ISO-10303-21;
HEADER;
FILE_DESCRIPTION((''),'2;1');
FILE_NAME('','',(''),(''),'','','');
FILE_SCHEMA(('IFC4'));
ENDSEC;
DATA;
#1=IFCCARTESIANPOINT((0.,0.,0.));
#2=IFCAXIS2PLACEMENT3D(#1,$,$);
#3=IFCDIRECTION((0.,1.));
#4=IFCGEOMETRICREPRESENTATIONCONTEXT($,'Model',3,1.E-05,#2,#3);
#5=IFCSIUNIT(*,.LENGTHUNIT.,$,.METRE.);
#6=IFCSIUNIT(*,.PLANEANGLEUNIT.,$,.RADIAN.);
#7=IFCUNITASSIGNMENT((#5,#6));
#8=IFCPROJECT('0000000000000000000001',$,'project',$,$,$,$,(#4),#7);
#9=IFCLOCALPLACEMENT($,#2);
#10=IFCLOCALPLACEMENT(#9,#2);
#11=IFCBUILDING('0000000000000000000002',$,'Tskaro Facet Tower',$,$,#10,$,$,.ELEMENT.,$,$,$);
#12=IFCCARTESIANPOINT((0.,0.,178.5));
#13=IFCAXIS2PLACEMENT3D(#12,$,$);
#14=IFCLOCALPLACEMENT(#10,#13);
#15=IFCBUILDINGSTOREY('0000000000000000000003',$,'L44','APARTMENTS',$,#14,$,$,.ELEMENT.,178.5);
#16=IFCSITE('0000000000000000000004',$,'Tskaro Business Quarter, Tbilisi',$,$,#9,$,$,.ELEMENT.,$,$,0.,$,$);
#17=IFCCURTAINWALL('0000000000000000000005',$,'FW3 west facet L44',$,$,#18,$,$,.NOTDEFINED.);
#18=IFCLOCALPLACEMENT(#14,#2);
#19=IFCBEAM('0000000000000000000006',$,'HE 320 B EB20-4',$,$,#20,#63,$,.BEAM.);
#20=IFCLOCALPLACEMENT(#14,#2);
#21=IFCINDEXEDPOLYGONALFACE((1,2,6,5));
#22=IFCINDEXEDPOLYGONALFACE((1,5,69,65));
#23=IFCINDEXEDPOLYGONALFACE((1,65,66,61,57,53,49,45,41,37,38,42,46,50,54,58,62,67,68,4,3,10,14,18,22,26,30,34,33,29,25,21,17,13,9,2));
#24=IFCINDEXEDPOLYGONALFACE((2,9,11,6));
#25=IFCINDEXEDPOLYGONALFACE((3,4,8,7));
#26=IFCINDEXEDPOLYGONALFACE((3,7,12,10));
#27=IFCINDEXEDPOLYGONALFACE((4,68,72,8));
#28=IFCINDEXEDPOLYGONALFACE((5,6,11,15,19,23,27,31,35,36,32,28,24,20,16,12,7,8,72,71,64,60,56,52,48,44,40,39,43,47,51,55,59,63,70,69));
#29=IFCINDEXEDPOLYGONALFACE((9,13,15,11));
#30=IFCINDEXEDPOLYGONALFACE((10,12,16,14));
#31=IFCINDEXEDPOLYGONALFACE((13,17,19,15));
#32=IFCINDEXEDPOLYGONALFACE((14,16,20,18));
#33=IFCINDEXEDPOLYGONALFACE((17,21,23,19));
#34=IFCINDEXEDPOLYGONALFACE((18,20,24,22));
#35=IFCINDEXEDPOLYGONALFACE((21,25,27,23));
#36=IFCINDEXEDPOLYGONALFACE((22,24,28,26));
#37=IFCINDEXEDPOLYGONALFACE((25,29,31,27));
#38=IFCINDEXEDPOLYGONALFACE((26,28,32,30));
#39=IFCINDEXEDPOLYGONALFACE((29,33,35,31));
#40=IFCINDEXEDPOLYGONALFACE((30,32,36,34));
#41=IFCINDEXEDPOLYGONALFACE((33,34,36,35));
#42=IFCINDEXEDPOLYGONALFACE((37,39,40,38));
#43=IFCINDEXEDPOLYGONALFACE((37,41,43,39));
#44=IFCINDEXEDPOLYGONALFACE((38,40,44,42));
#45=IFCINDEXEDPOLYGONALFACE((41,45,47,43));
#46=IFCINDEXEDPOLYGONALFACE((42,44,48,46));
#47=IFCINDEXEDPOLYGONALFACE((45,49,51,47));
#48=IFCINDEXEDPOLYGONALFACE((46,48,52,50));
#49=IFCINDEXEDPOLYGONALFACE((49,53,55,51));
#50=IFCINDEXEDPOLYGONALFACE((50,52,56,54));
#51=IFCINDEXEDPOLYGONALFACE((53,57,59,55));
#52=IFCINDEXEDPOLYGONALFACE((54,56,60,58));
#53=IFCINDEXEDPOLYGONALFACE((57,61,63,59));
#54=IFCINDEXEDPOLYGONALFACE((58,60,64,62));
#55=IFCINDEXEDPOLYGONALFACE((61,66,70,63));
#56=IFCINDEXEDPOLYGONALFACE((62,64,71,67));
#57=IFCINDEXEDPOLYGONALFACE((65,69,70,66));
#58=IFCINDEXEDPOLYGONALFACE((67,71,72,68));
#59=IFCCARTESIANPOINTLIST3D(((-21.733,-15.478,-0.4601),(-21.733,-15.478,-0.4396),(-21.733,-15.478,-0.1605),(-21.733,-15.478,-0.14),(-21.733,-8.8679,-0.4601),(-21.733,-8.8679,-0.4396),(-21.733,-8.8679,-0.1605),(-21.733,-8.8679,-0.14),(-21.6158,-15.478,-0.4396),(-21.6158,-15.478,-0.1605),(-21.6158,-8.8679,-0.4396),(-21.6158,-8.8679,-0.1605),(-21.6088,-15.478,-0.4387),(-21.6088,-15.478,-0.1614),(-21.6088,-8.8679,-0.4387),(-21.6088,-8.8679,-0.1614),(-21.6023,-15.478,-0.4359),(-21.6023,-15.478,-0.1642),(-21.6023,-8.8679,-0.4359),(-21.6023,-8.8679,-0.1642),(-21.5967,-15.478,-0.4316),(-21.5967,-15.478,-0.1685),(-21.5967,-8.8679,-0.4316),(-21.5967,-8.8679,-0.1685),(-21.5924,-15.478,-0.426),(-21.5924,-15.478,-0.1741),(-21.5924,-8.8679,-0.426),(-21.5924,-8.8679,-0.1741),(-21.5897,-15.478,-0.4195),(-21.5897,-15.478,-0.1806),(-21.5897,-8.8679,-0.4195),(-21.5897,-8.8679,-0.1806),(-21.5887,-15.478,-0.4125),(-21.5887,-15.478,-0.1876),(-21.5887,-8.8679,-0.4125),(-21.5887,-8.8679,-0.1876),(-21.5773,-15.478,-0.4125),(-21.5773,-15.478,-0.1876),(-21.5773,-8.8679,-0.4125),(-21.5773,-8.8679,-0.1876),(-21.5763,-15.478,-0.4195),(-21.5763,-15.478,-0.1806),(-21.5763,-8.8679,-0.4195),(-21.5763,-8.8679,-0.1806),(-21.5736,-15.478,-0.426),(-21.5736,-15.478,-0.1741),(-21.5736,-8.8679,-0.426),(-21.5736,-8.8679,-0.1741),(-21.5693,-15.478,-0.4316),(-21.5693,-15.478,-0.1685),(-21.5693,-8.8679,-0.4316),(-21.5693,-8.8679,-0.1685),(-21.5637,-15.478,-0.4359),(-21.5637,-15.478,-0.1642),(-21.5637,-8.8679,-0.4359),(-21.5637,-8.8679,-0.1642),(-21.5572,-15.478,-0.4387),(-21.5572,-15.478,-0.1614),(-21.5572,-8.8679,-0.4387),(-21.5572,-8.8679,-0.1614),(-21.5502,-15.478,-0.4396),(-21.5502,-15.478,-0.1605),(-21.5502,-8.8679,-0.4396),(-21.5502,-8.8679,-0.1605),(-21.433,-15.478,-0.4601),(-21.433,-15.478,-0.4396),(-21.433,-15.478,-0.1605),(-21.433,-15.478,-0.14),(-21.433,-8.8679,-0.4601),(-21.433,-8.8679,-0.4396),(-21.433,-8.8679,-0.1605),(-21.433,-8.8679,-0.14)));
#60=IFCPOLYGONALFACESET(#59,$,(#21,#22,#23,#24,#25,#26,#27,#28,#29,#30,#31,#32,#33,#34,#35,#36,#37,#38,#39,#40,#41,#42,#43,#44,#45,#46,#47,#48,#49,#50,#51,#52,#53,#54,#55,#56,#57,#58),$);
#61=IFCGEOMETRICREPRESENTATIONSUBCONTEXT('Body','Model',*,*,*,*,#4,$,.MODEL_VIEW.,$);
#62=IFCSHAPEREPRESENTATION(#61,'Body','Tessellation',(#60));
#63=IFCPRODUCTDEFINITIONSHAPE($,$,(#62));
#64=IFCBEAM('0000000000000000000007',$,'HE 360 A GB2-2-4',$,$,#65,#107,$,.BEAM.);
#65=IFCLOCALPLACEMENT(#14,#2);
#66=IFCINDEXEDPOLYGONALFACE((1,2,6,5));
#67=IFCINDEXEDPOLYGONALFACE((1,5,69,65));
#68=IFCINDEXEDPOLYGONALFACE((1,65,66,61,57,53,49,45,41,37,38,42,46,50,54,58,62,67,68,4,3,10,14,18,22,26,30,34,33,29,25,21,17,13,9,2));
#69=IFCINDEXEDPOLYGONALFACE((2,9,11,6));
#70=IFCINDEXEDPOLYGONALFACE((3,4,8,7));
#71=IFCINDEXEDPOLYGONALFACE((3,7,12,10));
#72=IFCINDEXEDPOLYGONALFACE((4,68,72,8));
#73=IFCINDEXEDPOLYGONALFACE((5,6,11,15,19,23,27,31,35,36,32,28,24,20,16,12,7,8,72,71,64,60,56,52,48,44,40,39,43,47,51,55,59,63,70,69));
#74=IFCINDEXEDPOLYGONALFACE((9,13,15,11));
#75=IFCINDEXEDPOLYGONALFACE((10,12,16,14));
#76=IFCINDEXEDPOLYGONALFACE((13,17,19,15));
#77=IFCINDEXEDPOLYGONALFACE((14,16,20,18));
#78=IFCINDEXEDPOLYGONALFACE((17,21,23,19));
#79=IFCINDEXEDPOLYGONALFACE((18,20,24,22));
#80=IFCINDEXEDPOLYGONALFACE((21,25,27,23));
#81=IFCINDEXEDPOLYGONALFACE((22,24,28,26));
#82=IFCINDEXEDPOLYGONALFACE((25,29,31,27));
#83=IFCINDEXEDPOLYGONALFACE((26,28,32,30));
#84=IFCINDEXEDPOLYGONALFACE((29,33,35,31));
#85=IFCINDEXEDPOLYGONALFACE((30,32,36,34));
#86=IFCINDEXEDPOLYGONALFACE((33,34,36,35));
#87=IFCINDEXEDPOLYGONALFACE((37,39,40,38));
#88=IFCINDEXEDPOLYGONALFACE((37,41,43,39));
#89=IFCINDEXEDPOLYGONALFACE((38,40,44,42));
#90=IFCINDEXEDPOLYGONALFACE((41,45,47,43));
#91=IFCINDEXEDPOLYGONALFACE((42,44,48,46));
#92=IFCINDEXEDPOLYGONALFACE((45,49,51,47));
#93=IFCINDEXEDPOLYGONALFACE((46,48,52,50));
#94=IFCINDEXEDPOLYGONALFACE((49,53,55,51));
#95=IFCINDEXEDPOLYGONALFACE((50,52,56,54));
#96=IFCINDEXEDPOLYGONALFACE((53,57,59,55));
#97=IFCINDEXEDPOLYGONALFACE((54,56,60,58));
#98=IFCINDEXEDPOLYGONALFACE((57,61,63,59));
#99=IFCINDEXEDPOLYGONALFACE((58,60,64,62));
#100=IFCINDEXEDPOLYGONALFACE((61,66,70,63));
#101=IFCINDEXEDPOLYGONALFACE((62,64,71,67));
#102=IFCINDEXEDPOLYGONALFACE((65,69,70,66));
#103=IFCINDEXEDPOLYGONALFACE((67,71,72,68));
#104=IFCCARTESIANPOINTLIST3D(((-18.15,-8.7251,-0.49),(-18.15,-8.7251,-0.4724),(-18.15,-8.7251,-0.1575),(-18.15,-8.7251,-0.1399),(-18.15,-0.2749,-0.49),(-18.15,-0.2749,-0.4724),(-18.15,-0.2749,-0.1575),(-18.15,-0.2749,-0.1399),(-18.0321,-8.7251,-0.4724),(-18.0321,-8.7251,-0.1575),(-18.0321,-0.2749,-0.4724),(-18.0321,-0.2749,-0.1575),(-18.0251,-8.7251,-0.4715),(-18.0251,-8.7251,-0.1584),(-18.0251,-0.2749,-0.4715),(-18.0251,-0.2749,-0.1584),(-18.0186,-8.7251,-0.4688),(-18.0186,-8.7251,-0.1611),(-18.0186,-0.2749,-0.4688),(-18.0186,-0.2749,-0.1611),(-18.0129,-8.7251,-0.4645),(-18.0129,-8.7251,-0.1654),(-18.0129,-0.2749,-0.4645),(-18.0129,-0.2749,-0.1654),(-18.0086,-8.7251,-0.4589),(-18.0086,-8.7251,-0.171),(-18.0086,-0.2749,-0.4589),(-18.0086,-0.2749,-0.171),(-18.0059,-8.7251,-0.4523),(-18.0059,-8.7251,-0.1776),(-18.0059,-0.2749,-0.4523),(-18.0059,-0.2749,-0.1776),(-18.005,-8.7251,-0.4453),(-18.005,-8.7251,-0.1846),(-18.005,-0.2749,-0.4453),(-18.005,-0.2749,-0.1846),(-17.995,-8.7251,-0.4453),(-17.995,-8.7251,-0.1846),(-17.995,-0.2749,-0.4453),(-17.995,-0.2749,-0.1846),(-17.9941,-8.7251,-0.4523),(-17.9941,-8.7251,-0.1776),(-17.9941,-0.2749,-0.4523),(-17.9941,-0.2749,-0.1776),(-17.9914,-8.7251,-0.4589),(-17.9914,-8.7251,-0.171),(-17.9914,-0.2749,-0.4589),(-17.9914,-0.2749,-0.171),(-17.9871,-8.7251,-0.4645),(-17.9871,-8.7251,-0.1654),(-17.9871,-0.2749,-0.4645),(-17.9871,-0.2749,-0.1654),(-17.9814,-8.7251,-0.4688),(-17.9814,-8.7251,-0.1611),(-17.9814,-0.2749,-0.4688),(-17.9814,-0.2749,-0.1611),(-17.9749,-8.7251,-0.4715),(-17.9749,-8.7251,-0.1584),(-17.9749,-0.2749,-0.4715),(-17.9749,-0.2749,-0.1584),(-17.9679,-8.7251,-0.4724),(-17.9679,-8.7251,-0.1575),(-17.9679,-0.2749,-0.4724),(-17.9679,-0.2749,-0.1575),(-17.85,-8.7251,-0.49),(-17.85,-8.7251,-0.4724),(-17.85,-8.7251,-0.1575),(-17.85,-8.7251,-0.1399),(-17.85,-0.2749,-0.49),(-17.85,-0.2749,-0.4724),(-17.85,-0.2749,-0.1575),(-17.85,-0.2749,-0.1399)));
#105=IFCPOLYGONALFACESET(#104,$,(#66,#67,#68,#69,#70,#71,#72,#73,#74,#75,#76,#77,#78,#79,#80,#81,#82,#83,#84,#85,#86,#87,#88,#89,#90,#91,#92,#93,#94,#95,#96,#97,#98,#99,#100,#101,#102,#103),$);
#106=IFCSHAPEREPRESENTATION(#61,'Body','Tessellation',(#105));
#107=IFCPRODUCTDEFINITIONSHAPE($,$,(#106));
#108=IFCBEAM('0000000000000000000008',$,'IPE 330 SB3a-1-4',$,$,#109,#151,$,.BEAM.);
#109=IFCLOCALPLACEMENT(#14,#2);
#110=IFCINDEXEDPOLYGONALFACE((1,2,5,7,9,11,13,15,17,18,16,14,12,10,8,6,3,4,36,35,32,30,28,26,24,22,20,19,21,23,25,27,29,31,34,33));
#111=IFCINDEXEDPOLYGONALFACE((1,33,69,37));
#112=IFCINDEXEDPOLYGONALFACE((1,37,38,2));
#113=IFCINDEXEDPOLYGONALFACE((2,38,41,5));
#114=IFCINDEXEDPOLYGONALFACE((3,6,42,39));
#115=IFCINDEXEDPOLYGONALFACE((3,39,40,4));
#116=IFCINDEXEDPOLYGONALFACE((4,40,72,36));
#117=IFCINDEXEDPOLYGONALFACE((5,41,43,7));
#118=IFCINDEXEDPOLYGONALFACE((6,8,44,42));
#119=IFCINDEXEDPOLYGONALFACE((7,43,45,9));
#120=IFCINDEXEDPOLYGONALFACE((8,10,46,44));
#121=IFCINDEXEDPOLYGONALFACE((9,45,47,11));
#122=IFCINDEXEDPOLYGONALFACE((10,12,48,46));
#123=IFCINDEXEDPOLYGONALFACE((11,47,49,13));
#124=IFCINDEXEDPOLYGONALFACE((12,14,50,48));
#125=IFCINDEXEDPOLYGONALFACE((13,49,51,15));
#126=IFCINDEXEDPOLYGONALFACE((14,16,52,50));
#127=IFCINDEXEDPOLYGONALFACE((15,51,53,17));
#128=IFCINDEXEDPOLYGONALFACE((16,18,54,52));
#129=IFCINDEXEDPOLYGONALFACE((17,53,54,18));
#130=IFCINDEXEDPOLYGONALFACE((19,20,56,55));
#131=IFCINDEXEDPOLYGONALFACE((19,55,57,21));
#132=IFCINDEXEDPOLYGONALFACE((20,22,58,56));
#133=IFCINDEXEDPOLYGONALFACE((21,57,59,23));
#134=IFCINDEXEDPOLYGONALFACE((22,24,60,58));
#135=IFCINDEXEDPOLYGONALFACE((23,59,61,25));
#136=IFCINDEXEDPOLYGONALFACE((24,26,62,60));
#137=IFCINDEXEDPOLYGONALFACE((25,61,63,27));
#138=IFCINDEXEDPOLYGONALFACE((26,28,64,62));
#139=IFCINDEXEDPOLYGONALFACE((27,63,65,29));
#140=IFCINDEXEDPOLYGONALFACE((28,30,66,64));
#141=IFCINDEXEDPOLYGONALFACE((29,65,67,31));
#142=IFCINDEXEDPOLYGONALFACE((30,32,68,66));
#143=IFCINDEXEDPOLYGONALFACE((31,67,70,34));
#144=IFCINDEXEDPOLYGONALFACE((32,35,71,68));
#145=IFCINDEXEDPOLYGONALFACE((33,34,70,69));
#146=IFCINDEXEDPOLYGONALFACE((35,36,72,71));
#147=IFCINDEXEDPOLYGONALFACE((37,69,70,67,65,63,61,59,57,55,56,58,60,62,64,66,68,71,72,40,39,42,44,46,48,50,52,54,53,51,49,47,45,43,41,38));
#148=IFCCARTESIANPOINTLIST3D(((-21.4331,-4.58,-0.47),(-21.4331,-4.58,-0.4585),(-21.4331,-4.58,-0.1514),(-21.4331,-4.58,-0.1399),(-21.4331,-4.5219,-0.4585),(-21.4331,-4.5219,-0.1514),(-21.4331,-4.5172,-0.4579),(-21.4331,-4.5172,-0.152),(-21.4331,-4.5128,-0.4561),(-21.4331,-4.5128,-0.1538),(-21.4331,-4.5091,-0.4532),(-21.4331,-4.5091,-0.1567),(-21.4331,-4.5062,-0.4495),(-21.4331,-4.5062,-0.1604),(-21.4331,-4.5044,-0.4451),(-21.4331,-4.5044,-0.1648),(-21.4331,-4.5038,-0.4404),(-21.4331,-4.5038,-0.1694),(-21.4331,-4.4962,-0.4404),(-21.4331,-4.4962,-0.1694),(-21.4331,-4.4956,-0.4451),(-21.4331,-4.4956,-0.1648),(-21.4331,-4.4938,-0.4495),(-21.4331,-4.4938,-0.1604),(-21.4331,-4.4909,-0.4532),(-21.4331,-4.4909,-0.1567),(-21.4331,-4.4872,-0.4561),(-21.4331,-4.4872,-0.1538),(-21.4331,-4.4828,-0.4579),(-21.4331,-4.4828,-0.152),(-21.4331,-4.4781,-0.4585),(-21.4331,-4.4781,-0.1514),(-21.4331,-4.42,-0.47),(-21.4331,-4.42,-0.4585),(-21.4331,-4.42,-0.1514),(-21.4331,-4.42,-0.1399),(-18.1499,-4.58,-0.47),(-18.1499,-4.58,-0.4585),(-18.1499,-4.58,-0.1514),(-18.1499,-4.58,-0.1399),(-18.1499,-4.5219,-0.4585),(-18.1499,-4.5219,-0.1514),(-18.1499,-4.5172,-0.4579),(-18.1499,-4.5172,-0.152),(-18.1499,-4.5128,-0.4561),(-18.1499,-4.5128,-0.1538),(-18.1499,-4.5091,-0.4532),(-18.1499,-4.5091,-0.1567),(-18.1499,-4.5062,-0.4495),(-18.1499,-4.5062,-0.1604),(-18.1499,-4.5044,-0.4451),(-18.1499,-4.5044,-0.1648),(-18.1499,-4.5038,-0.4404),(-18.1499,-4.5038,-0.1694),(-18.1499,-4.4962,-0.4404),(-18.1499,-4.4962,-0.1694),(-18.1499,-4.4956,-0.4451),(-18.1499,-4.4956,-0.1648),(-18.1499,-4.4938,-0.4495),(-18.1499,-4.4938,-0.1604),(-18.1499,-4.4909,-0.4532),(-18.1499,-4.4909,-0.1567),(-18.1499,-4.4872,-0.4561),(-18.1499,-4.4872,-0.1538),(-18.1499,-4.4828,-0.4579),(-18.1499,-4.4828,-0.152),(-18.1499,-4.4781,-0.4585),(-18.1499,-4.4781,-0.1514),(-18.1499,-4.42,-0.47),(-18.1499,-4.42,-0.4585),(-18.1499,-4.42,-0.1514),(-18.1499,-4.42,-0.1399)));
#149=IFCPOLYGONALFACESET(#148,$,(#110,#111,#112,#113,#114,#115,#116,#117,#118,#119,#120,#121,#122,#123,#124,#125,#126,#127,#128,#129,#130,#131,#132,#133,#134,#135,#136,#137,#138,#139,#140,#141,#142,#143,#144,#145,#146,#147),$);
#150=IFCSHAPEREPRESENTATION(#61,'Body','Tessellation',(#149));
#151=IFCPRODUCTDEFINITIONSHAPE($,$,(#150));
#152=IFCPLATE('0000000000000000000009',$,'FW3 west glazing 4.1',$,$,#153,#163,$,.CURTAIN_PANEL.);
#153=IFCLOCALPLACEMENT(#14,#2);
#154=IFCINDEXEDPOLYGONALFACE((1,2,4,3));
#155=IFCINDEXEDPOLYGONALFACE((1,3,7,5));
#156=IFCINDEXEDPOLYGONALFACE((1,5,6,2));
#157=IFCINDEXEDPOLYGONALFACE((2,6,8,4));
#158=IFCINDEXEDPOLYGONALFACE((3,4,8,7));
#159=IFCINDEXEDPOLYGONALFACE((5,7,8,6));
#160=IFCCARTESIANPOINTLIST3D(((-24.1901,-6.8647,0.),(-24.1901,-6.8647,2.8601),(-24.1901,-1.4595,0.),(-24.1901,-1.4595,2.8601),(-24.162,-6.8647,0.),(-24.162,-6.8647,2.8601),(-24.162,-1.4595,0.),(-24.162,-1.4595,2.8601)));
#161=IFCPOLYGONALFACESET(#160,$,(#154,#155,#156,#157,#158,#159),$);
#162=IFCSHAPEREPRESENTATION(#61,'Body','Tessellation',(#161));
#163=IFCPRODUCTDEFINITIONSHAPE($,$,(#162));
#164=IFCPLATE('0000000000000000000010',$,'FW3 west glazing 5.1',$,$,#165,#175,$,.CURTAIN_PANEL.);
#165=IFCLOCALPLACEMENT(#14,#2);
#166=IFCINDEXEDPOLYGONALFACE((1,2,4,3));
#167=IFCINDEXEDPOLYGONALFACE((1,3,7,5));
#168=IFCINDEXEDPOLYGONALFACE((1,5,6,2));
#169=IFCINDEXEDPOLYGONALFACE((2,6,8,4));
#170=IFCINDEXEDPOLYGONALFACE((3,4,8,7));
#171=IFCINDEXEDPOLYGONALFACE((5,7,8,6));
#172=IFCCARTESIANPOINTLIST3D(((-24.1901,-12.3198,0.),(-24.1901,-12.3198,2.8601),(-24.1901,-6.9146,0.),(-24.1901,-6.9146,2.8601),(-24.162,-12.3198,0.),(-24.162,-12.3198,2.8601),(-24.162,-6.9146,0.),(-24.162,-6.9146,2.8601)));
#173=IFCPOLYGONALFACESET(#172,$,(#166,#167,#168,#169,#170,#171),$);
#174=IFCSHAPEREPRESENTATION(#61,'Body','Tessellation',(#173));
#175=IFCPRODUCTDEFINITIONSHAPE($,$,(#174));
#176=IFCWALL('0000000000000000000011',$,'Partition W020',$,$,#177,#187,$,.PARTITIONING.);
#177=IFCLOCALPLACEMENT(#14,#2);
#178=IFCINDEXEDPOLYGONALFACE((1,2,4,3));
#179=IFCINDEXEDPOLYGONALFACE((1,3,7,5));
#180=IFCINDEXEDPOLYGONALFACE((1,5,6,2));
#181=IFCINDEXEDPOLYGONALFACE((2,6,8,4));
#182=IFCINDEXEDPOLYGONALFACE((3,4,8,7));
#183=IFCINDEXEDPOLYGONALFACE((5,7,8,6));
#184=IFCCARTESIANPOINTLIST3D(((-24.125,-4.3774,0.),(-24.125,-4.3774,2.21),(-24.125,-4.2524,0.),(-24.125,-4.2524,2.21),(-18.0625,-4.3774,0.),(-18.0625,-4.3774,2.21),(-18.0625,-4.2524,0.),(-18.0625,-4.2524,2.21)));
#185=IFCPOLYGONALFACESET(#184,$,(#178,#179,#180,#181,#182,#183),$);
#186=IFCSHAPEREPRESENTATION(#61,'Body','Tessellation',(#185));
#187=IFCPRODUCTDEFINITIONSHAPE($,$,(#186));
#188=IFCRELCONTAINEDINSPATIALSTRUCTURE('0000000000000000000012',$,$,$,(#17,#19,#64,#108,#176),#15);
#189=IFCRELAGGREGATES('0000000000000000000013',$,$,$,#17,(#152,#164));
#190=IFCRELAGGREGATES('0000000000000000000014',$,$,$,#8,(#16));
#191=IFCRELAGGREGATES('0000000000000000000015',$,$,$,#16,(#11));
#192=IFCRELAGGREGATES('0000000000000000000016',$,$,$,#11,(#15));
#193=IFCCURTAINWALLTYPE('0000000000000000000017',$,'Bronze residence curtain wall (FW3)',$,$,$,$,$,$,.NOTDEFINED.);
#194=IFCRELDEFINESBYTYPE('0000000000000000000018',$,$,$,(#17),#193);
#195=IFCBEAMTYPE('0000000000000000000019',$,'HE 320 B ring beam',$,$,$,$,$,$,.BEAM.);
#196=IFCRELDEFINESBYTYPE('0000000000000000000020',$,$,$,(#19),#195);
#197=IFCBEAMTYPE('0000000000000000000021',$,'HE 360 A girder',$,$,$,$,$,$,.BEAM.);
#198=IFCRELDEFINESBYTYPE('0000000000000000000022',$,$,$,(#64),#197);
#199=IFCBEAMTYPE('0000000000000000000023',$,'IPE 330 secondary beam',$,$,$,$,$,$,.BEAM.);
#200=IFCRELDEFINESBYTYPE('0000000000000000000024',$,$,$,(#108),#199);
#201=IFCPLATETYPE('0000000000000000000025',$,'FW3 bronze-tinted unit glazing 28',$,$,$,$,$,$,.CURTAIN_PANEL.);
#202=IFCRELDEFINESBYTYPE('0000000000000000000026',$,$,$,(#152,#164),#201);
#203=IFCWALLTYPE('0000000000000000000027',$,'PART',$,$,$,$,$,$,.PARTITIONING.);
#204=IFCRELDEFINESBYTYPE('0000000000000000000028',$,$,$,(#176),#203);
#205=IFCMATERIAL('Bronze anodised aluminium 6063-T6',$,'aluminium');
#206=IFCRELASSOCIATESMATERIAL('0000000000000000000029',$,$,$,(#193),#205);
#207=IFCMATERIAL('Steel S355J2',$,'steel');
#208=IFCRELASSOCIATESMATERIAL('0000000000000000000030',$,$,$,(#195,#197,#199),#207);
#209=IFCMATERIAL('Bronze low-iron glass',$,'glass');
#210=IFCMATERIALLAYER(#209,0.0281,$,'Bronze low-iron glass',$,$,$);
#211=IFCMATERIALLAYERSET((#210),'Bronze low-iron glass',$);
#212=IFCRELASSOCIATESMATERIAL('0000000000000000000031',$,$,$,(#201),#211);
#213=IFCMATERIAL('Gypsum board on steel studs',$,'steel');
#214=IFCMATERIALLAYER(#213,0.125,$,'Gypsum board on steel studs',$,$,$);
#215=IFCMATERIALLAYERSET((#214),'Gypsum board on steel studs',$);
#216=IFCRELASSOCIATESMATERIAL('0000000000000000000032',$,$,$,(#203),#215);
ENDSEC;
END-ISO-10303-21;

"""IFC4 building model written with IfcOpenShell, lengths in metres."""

from ifc_helpers import new_model, si_unit, direction, frame, frame_2d, origin, origin_2d, place, context, subcontext, project, spatial, rectangle, i_section, extrude, material, layer, layer_set, material_profile, profile_set, type_object, element, aggregate, save


model = new_model("IFC4")

# Units and contexts
model_context = context("Model", 3, precision=1e-05, world=origin(), true_north=direction((0.0, 1.0)))
body_context = subcontext(model_context, "Body", "Model", "MODEL_VIEW")
ifc_project = project(units=[si_unit("LENGTHUNIT", "METRE"), si_unit("PLANEANGLEUNIT", "RADIAN")], contexts=[model_context])

# Site, building, storey
site_placement = place(None, origin())
site = spatial("IfcSite", under=ifc_project, at=site_placement, Name="Tskaro Business Quarter, Tbilisi", CompositionType="ELEMENT", RefElevation=0.0)
building_placement = place(site_placement, origin())
building = spatial("IfcBuilding", under=site, at=building_placement, Name="Tskaro Facet Tower", CompositionType="ELEMENT")
storey_placement = place(building_placement, frame((0.0, 0.0, 178.5)))
storey = spatial("IfcBuildingStorey", under=building, at=storey_placement, Name="L44", Description="APARTMENTS", CompositionType="ELEMENT", Elevation=178.5)

# Curtain wall
ifc_material_1 = material(Name="Bronze anodised aluminium 6063-T6", Category="aluminium")
curtain_wall_type = type_object("IfcCurtainWallType", Name="Bronze residence curtain wall (FW3)", PredefinedType="NOTDEFINED", material=ifc_material_1)
curtain_wall_placement = place(storey_placement, origin())
curtain_wall = element("IfcCurtainWall", 1, at=curtain_wall_placement, inside=storey, type_object=curtain_wall_type, Name="FW3 west facet L44", PredefinedType="NOTDEFINED")

# Beams
ifc_material_2 = material(Name="Steel S355J2", Category="steel")
ifc_material_profile_1 = material_profile(ifc_material_2, i_section(OverallWidth=0.3, OverallDepth=0.3201, WebThickness=0.0115, FlangeThickness=0.0205, FilletRadius=0.0271, at=origin_2d()), Name="HE 320 B")
ifc_profile_set_1 = profile_set([ifc_material_profile_1], Name="Steel S355J2")
beam_type_1 = type_object("IfcBeamType", Name="HE 320 B ring beam", PredefinedType="BEAM", material=ifc_profile_set_1)
for number, where, z_axis, x_axis, name in (
    (2, (-21.583, -8.8679, -0.3), (0.0, -1.0, 0.0), (1.0, 0.0, 0.0), "HE 320 B EB20-4"),
):
    element("IfcBeam", number, at=place(storey_placement, frame(where, z_axis=z_axis, x_axis=x_axis)), inside=storey, type_object=beam_type_1, Name=name, PredefinedType="BEAM", context=body_context, shape_type="SweptSolid", body=[
        extrude(i_section(OverallWidth=0.3, OverallDepth=0.3201, WebThickness=0.0115, FlangeThickness=0.0205, FilletRadius=0.0271, at=origin_2d()), origin(), (0.0, 0.0, 1.0), 6.6101),
    ])
ifc_material_profile_2 = material_profile(ifc_material_2, i_section(OverallWidth=0.3, OverallDepth=0.3501, WebThickness=0.01, FlangeThickness=0.0176, FilletRadius=0.0271, at=origin_2d()), Name="HE 360 A")
ifc_profile_set_2 = profile_set([ifc_material_profile_2], Name="Steel S355J2")
beam_type_2 = type_object("IfcBeamType", Name="HE 360 A girder", PredefinedType="BEAM", material=ifc_profile_set_2)
beam_1_placement = place(storey_placement, frame((-18.0, -8.7251, -0.3149), z_axis=(0.0, 1.0, 0.0), x_axis=(-1.0, 0.0, 0.0)))
element("IfcBeam", 3, at=beam_1_placement, inside=storey, type_object=beam_type_2, Name="HE 360 A GB2-2-4", PredefinedType="BEAM", context=body_context, shape_type="SweptSolid", body=[
    extrude(i_section(OverallWidth=0.3, OverallDepth=0.3501, WebThickness=0.01, FlangeThickness=0.0176, FilletRadius=0.0271, at=origin_2d()), origin(), (0.0, 0.0, 1.0), 8.4502),
])
ifc_material_profile_3 = material_profile(ifc_material_2, i_section(OverallWidth=0.1599, OverallDepth=0.3301, WebThickness=0.0076, FlangeThickness=0.0115, FilletRadius=0.0181, at=origin_2d()), Name="IPE 330")
ifc_profile_set_3 = profile_set([ifc_material_profile_3], Name="Steel S355J2")
beam_type_3 = type_object("IfcBeamType", Name="IPE 330 secondary beam", PredefinedType="BEAM", material=ifc_profile_set_3)
beam_2_placement = place(storey_placement, frame((-21.4331, -4.5, -0.3049), z_axis=(1.0, 0.0, 0.0), x_axis=(0.0, 1.0, 0.0)))
element("IfcBeam", 4, at=beam_2_placement, inside=storey, type_object=beam_type_3, Name="IPE 330 SB3a-1-4", PredefinedType="BEAM", context=body_context, shape_type="SweptSolid", body=[
    extrude(i_section(OverallWidth=0.1599, OverallDepth=0.3301, WebThickness=0.0076, FlangeThickness=0.0115, FilletRadius=0.0181, at=origin_2d()), origin(), (0.0, 0.0, 1.0), 3.2832),
])

# Plates
ifc_material_3 = material(Name="Bronze low-iron glass", Category="glass")
ifc_layer_1 = layer(ifc_material_3, 0.0281, Name="Bronze low-iron glass")
ifc_layer_set_1 = layer_set([ifc_layer_1], Name="Bronze low-iron glass")
plate_type = type_object("IfcPlateType", Name="FW3 bronze-tinted unit glazing 28", PredefinedType="CURTAIN_PANEL", material=ifc_layer_set_1)
plate_1_placement = place(storey_placement, frame((-24.176, -4.1621, 0.0), z_axis=(0.0, 0.0, 1.0), x_axis=(0.0, -1.0, 0.0)))
plate_1 = element("IfcPlate", 5, at=plate_1_placement, type_object=plate_type, Name="FW3 west glazing 4.1", PredefinedType="CURTAIN_PANEL", context=body_context, shape_type="SweptSolid", body=[
    extrude(rectangle(XDim=5.4053, YDim=0.0281, at=origin_2d()), origin(), (0.0, 0.0, 1.0), 2.8601),
])
plate_2_placement = place(storey_placement, frame((-24.176, -9.6172, 0.0), z_axis=(0.0, 0.0, 1.0), x_axis=(0.0, -1.0, 0.0)))
plate_2 = element("IfcPlate", 6, at=plate_2_placement, type_object=plate_type, Name="FW3 west glazing 5.1", PredefinedType="CURTAIN_PANEL", context=body_context, shape_type="SweptSolid", body=[
    extrude(rectangle(XDim=5.4053, YDim=0.0281, at=origin_2d()), origin(), (0.0, 0.0, 1.0), 2.8601),
])
aggregate(curtain_wall, [plate_1, plate_2])

# Wall
ifc_material_4 = material(Name="Gypsum board on steel studs", Category="steel")
ifc_layer_2 = layer(ifc_material_4, 0.125, Name="Gypsum board on steel studs")
ifc_layer_set_2 = layer_set([ifc_layer_2], Name="Gypsum board on steel studs")
wall_type_1 = type_object("IfcWallType", Name="PART", PredefinedType="PARTITIONING", material=ifc_layer_set_2)
wall_1_placement = place(storey_placement, frame((-24.125, -4.3149, 0.0), z_axis=(0.0, 0.0, 1.0), x_axis=(1.0, 0.0, 0.0)))
element("IfcWall", 7, at=wall_1_placement, inside=storey, type_object=wall_type_1, Name="Partition W020", PredefinedType="PARTITIONING", context=body_context, shape_type="SweptSolid", body=[
    extrude(rectangle(XDim=6.0625, YDim=0.125, at=frame_2d((3.0312, 0.0))), origin(), (0.0, 0.0, 1.0), 2.21),
])

save(model, "model.ifc")
